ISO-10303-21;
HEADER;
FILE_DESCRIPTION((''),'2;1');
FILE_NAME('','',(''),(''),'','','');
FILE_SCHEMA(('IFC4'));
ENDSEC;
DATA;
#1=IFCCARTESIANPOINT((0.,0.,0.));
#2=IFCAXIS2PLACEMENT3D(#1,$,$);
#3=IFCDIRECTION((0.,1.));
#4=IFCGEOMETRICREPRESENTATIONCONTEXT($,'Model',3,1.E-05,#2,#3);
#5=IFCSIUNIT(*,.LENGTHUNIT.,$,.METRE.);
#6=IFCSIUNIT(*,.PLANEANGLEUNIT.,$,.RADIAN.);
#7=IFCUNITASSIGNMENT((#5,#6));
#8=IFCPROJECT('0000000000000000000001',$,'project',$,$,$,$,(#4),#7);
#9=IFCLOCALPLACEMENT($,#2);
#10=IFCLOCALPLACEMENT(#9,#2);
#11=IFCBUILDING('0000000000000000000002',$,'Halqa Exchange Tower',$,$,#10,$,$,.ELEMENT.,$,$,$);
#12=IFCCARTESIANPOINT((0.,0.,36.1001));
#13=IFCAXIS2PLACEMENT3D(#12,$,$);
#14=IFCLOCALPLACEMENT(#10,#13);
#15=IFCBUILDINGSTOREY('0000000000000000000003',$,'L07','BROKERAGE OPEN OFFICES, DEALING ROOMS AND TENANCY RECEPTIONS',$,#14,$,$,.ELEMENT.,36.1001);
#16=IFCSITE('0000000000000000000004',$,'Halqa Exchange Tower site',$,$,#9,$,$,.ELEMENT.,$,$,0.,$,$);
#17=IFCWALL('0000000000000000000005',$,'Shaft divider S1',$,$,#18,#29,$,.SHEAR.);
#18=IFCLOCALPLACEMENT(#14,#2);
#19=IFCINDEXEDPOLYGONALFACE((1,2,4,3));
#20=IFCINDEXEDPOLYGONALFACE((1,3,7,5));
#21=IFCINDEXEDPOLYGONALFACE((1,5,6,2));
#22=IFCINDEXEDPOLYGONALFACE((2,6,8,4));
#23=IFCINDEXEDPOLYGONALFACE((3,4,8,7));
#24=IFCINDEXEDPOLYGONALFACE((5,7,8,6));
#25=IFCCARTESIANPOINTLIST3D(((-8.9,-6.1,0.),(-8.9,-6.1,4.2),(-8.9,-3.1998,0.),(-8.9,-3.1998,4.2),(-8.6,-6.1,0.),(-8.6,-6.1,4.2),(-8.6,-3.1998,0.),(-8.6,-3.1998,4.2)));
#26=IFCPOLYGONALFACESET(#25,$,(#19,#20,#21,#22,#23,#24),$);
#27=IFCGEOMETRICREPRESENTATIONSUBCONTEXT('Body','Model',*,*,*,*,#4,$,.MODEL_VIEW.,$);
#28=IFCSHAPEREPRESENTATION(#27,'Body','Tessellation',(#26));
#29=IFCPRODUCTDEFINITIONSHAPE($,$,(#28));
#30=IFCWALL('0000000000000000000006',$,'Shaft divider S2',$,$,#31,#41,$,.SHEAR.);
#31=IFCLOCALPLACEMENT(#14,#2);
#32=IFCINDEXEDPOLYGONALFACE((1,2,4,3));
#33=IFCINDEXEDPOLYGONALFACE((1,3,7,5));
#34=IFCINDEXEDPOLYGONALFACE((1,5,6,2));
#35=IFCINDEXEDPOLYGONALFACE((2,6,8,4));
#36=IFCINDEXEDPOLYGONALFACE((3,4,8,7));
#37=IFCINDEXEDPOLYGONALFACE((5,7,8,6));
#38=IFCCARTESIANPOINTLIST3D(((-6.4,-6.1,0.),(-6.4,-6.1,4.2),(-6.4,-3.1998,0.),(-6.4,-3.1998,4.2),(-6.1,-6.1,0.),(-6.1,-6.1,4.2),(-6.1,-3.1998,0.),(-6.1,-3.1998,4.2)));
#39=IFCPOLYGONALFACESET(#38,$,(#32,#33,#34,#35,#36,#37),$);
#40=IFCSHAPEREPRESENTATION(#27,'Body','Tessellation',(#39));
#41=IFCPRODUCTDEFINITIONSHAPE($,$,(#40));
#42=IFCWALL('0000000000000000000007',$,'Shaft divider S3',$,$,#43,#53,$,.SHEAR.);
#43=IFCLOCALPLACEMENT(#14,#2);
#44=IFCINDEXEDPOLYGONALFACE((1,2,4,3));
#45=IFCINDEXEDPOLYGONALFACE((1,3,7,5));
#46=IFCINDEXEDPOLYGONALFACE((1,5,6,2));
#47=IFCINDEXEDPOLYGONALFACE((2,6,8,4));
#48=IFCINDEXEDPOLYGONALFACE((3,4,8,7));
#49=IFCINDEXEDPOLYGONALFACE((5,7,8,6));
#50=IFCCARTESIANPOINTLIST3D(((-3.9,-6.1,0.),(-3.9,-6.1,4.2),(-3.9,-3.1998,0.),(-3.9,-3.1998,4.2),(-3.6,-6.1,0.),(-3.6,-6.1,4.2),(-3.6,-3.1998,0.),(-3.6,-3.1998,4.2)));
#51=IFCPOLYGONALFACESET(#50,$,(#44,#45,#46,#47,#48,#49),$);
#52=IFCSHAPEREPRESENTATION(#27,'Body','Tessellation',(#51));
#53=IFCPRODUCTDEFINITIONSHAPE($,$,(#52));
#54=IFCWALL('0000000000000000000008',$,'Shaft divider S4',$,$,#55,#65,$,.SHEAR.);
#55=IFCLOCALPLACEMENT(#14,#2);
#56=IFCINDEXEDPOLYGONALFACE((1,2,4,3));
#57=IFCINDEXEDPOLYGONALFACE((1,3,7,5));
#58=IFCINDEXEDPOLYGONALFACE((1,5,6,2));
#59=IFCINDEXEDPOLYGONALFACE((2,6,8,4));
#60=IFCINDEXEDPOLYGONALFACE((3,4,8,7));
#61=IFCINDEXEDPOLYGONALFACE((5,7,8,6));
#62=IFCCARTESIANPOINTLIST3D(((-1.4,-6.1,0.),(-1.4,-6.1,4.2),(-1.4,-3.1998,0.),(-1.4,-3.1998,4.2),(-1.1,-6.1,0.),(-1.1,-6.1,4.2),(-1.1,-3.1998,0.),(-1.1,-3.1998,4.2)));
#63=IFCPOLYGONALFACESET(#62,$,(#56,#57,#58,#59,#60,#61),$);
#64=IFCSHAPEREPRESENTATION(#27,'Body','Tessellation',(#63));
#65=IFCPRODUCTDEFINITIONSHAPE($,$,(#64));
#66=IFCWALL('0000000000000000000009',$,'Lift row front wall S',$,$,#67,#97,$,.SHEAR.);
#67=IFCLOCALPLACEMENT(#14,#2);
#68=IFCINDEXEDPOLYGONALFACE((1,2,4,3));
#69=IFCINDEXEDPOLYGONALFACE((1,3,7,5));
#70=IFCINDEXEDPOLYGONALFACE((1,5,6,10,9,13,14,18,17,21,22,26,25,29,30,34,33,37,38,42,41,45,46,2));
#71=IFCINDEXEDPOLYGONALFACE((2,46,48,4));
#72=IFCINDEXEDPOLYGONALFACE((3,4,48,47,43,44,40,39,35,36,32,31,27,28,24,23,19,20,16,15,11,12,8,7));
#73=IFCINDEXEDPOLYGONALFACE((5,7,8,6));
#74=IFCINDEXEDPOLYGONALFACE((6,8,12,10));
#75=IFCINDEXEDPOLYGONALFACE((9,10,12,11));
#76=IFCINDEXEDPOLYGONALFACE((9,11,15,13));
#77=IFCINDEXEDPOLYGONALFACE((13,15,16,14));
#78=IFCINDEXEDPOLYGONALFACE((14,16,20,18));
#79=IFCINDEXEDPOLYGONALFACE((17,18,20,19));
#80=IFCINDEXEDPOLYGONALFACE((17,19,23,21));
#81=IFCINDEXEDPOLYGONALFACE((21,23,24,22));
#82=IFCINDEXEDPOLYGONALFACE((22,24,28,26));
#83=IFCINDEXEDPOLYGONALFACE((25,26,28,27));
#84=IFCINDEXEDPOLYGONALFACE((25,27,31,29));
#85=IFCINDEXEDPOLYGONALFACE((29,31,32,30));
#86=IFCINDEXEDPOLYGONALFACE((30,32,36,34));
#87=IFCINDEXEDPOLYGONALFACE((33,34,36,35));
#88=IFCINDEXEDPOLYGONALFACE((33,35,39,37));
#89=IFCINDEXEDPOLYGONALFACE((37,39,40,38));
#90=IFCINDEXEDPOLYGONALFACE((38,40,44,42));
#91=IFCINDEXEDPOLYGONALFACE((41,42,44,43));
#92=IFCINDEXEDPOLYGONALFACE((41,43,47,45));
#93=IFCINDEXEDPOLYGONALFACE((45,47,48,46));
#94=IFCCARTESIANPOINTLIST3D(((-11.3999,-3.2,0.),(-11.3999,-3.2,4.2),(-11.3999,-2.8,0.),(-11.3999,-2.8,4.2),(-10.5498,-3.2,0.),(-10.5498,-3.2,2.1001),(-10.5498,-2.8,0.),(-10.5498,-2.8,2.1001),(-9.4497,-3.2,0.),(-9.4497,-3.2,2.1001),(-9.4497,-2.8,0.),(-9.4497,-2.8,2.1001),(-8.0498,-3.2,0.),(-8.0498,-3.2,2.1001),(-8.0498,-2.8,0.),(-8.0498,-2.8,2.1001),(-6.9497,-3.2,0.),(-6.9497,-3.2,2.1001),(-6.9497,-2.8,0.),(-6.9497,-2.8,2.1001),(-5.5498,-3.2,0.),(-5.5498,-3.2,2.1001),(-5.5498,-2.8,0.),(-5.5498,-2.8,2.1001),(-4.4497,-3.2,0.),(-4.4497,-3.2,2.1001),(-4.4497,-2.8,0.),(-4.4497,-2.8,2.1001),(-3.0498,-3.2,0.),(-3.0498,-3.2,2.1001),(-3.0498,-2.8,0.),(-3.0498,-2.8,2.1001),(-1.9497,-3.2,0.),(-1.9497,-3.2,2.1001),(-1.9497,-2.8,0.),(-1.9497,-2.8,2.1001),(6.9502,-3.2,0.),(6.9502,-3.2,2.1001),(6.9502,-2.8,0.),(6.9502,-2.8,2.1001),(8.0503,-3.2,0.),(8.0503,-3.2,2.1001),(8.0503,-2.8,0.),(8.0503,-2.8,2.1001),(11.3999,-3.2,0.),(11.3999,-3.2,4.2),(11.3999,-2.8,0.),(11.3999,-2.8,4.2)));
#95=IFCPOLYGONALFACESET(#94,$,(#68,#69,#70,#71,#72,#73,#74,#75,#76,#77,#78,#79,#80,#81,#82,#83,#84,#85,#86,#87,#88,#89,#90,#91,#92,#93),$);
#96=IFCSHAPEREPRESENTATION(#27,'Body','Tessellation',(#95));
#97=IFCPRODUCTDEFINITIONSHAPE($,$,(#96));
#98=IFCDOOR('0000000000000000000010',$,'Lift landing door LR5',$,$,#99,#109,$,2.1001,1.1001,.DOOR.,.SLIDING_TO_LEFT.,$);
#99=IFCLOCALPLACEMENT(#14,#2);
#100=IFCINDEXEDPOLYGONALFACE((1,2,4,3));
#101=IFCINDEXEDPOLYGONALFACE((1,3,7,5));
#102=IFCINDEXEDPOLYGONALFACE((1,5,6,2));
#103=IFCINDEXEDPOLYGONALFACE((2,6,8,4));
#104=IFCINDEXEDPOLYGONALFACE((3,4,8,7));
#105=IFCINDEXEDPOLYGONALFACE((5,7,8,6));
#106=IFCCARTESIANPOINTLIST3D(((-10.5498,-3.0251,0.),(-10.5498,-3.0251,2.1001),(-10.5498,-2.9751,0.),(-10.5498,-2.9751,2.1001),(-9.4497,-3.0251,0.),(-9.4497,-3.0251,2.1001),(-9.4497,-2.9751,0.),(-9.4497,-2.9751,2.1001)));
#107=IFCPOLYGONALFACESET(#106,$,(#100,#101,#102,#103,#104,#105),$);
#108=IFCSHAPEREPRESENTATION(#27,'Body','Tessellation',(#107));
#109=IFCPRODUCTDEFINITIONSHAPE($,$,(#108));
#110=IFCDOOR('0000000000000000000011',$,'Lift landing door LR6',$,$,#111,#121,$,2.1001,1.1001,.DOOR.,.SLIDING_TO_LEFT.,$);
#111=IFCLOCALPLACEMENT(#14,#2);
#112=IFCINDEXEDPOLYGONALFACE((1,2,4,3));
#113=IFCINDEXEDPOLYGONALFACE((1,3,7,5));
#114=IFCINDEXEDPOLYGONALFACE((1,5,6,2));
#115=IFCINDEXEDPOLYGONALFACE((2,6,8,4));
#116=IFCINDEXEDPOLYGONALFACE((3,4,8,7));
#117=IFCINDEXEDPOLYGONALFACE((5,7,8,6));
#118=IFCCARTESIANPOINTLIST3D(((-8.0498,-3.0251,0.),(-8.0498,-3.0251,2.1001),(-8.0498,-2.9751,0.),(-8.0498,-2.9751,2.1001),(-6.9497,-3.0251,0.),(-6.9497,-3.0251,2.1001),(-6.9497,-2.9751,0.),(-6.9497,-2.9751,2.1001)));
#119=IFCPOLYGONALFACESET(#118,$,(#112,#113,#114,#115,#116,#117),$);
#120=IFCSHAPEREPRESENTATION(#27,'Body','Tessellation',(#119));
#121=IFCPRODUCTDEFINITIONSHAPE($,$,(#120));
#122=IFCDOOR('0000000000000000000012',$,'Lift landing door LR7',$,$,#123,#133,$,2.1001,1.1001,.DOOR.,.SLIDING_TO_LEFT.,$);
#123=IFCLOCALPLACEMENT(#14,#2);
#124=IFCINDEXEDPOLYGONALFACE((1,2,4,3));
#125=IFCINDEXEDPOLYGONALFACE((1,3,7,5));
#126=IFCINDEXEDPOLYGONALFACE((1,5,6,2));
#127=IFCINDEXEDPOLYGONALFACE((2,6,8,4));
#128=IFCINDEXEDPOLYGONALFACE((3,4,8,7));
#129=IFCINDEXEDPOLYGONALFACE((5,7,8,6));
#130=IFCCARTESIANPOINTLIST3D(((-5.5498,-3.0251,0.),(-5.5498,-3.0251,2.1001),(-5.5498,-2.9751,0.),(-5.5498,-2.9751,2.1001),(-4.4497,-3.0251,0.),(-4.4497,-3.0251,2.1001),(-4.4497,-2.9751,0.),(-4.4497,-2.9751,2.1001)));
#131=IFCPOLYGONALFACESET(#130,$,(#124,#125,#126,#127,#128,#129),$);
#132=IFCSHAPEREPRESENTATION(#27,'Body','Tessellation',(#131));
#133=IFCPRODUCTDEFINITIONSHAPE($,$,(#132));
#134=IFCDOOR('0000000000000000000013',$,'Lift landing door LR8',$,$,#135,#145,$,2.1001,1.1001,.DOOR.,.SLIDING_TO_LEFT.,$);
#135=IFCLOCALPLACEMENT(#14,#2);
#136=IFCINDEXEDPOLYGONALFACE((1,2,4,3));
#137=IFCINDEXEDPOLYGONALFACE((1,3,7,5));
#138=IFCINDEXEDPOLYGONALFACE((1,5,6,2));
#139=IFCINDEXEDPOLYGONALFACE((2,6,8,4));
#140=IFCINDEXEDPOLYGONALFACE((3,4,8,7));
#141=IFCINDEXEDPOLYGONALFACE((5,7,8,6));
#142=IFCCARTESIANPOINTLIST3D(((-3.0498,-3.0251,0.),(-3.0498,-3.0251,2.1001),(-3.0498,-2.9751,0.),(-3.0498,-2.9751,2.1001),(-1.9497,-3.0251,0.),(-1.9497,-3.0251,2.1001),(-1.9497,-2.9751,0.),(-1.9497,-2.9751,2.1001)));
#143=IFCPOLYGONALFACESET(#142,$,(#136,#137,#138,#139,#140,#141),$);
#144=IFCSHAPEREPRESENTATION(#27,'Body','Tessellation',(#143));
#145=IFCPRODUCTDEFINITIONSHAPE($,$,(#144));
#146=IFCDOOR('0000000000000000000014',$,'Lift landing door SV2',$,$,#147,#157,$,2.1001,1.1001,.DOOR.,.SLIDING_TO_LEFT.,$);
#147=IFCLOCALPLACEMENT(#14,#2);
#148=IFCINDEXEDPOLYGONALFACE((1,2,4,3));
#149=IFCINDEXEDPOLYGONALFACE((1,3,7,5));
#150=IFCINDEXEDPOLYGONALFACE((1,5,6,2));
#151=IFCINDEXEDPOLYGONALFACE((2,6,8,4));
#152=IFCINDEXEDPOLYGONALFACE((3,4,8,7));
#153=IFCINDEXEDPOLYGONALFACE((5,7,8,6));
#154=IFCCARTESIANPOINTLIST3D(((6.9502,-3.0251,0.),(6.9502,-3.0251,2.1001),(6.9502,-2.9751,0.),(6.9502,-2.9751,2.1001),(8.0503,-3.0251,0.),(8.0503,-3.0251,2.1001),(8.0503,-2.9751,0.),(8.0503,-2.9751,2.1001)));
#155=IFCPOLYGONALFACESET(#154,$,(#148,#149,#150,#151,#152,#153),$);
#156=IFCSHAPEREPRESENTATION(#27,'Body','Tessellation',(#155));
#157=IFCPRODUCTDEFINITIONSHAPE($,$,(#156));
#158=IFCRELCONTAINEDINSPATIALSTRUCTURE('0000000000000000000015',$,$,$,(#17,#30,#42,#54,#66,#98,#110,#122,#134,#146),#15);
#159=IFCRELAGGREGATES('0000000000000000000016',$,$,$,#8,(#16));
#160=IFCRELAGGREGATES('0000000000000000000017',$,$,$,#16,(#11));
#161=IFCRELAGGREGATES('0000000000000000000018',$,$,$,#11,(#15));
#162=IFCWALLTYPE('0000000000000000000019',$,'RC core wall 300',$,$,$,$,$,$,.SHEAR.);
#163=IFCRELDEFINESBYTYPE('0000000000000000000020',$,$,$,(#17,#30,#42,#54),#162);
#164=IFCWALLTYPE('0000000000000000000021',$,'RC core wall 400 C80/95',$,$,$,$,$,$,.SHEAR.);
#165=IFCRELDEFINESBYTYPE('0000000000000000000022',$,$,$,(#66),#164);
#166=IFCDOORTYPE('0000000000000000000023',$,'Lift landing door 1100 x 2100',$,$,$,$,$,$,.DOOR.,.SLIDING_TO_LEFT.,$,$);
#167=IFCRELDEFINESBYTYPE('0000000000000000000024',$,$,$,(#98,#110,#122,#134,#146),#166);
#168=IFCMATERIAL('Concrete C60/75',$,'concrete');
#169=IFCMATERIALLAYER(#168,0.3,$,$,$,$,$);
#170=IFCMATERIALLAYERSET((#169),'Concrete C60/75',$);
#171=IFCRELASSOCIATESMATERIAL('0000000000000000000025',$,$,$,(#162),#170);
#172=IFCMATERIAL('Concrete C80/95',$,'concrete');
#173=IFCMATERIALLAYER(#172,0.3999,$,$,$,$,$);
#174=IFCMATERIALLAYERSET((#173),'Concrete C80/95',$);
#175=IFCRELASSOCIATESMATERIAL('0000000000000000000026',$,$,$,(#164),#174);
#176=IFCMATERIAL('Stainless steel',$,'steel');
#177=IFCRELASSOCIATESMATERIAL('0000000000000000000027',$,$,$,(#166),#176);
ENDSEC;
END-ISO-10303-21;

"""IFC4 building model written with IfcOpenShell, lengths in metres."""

from ifc_helpers import new_model, si_unit, direction, frame, frame_2d, origin, place, context, subcontext, project, spatial, rectangle, extrude, material, layer, layer_set, type_object, element, fill, save


model = new_model("IFC4")

# Units and contexts
model_context = context("Model", 3, precision=1e-05, world=origin(), true_north=direction((0.0, 1.0)))
body_context = subcontext(model_context, "Body", "Model", "MODEL_VIEW")
ifc_project = project(units=[si_unit("LENGTHUNIT", "METRE"), si_unit("PLANEANGLEUNIT", "RADIAN")], contexts=[model_context])

# Site, building, storey
site_placement = place(None, origin())
site = spatial("IfcSite", under=ifc_project, at=site_placement, Name="Halqa Exchange Tower site", CompositionType="ELEMENT", RefElevation=0.0)
building_placement = place(site_placement, origin())
building = spatial("IfcBuilding", under=site, at=building_placement, Name="Halqa Exchange Tower", CompositionType="ELEMENT")
storey_placement = place(building_placement, frame((0.0, 0.0, 36.1001)))
storey = spatial("IfcBuildingStorey", under=building, at=storey_placement, Name="L07", Description="BROKERAGE OPEN OFFICES, DEALING ROOMS AND TENANCY RECEPTIONS", CompositionType="ELEMENT", Elevation=36.1001)

# Walls
ifc_material_1 = material(Name="Concrete C60/75", Category="concrete")
ifc_layer_1 = layer(ifc_material_1, 0.3)
ifc_layer_set_1 = layer_set([ifc_layer_1], Name="Concrete C60/75")
wall_type_1 = type_object("IfcWallType", Name="RC core wall 300", PredefinedType="SHEAR", material=ifc_layer_set_1)
for number, where, z_axis, x_axis, name in (
    (1, (-8.75, -6.1001, 0.0), (0.0, 0.0, 1.0), (0.0, 1.0, 0.0), "Shaft divider S1"),
    (2, (-6.25, -6.1001, 0.0), (0.0, 0.0, 1.0), (0.0, 1.0, 0.0), "Shaft divider S2"),
    (3, (-3.75, -6.1001, 0.0), (0.0, 0.0, 1.0), (0.0, 1.0, 0.0), "Shaft divider S3"),
    (4, (-1.25, -6.1001, 0.0), (0.0, 0.0, 1.0), (0.0, 1.0, 0.0), "Shaft divider S4"),
):
    element("IfcWall", number, at=place(storey_placement, frame(where, z_axis=z_axis, x_axis=x_axis)), inside=storey, type_object=wall_type_1, Name=name, PredefinedType="SHEAR", context=body_context, shape_type="SweptSolid", body=[
        extrude(rectangle(XDim=2.9001, YDim=0.3, at=frame_2d((1.4502, 0.0))), origin(), (0.0, 0.0, 1.0), 4.2),
    ])

# Wall, openings, doors
ifc_material_2 = material(Name="Concrete C80/95", Category="concrete")
ifc_layer_2 = layer(ifc_material_2, 0.3999)
ifc_layer_set_2 = layer_set([ifc_layer_2], Name="Concrete C80/95")
wall_type_2 = type_object("IfcWallType", Name="RC core wall 400 C80/95", PredefinedType="SHEAR", material=ifc_layer_set_2)
wall_1_placement = place(storey_placement, frame((-11.3999, -3.0, 0.0), z_axis=(0.0, 0.0, 1.0), x_axis=(1.0, 0.0, 0.0)))
wall_1 = element("IfcWall", 5, at=wall_1_placement, inside=storey, type_object=wall_type_2, Name="Lift row front wall S", PredefinedType="SHEAR", context=body_context, shape_type="SweptSolid", body=[
    extrude(rectangle(XDim=22.7998, YDim=0.3999, at=frame_2d((11.3999, 0.0))), origin(), (0.0, 0.0, 1.0), 4.2),
])
opening_1_placement = place(wall_1_placement, frame((0.8501, 0.0, 0.0)))
opening_1 = element("IfcOpeningElement", 6, at=opening_1_placement, cuts=wall_1, PredefinedType="OPENING", context=body_context, shape_type="SweptSolid", body=[
    extrude(rectangle(XDim=1.1001, YDim=2.1001, at=frame_2d((0.55, 1.05))), frame((0.0, 0.2119, 0.0), z_axis=(0.0, -1.0, 0.0), x_axis=(1.0, 0.0, 0.0)), (0.0, 0.0, 1.0), 0.4238),
])
opening_2_placement = place(wall_1_placement, frame((3.3501, 0.0, 0.0)))
opening_2 = element("IfcOpeningElement", 7, at=opening_2_placement, cuts=wall_1, PredefinedType="OPENING", context=body_context, shape_type="SweptSolid", body=[
    extrude(rectangle(XDim=1.1001, YDim=2.1001, at=frame_2d((0.55, 1.05))), frame((0.0, 0.2119, 0.0), z_axis=(0.0, -1.0, 0.0), x_axis=(1.0, 0.0, 0.0)), (0.0, 0.0, 1.0), 0.4238),
])
opening_3_placement = place(wall_1_placement, frame((5.8501, 0.0, 0.0)))
opening_3 = element("IfcOpeningElement", 8, at=opening_3_placement, cuts=wall_1, PredefinedType="OPENING", context=body_context, shape_type="SweptSolid", body=[
    extrude(rectangle(XDim=1.1001, YDim=2.1001, at=frame_2d((0.55, 1.05))), frame((0.0, 0.2119, 0.0), z_axis=(0.0, -1.0, 0.0), x_axis=(1.0, 0.0, 0.0)), (0.0, 0.0, 1.0), 0.4238),
])
opening_4_placement = place(wall_1_placement, frame((8.3501, 0.0, 0.0)))
opening_4 = element("IfcOpeningElement", 9, at=opening_4_placement, cuts=wall_1, PredefinedType="OPENING", context=body_context, shape_type="SweptSolid", body=[
    extrude(rectangle(XDim=1.1001, YDim=2.1001, at=frame_2d((0.55, 1.05))), frame((0.0, 0.2119, 0.0), z_axis=(0.0, -1.0, 0.0), x_axis=(1.0, 0.0, 0.0)), (0.0, 0.0, 1.0), 0.4238),
])
opening_5_placement = place(wall_1_placement, frame((18.3501, 0.0, 0.0)))
opening_5 = element("IfcOpeningElement", 10, at=opening_5_placement, cuts=wall_1, PredefinedType="OPENING", context=body_context, shape_type="SweptSolid", body=[
    extrude(rectangle(XDim=1.1001, YDim=2.1001, at=frame_2d((0.55, 1.05))), frame((0.0, 0.2119, 0.0), z_axis=(0.0, -1.0, 0.0), x_axis=(1.0, 0.0, 0.0)), (0.0, 0.0, 1.0), 0.4238),
])
ifc_material_3 = material(Name="Stainless steel", Category="steel")
door_type = type_object("IfcDoorType", Name="Lift landing door 1100 x 2100", OperationType="SLIDING_TO_LEFT", PredefinedType="DOOR", material=ifc_material_3)
door_1_placement = place(opening_1_placement, origin())
door_1 = element("IfcDoor", 11, at=door_1_placement, inside=storey, type_object=door_type, Name="Lift landing door LR5", OperationType="SLIDING_TO_LEFT", OverallHeight=2.1001, OverallWidth=1.1001, PredefinedType="DOOR", context=body_context, shape_type="SweptSolid", body=[
    extrude(rectangle(XDim=1.1001, YDim=2.1001, at=frame_2d((0.55, 1.05))), frame((0.0, 0.0249, 0.0), z_axis=(0.0, -1.0, 0.0), x_axis=(1.0, 0.0, 0.0)), (0.0, 0.0, 1.0), 0.05),
])
fill(opening_1, door_1)
door_2_placement = place(opening_2_placement, origin())
door_2 = element("IfcDoor", 12, at=door_2_placement, inside=storey, type_object=door_type, Name="Lift landing door LR6", OperationType="SLIDING_TO_LEFT", OverallHeight=2.1001, OverallWidth=1.1001, PredefinedType="DOOR", context=body_context, shape_type="SweptSolid", body=[
    extrude(rectangle(XDim=1.1001, YDim=2.1001, at=frame_2d((0.55, 1.05))), frame((0.0, 0.0249, 0.0), z_axis=(0.0, -1.0, 0.0), x_axis=(1.0, 0.0, 0.0)), (0.0, 0.0, 1.0), 0.05),
])
fill(opening_2, door_2)
door_3_placement = place(opening_3_placement, origin())
door_3 = element("IfcDoor", 13, at=door_3_placement, inside=storey, type_object=door_type, Name="Lift landing door LR7", OperationType="SLIDING_TO_LEFT", OverallHeight=2.1001, OverallWidth=1.1001, PredefinedType="DOOR", context=body_context, shape_type="SweptSolid", body=[
    extrude(rectangle(XDim=1.1001, YDim=2.1001, at=frame_2d((0.55, 1.05))), frame((0.0, 0.0249, 0.0), z_axis=(0.0, -1.0, 0.0), x_axis=(1.0, 0.0, 0.0)), (0.0, 0.0, 1.0), 0.05),
])
fill(opening_3, door_3)
door_4_placement = place(opening_4_placement, origin())
door_4 = element("IfcDoor", 14, at=door_4_placement, inside=storey, type_object=door_type, Name="Lift landing door LR8", OperationType="SLIDING_TO_LEFT", OverallHeight=2.1001, OverallWidth=1.1001, PredefinedType="DOOR", context=body_context, shape_type="SweptSolid", body=[
    extrude(rectangle(XDim=1.1001, YDim=2.1001, at=frame_2d((0.55, 1.05))), frame((0.0, 0.0249, 0.0), z_axis=(0.0, -1.0, 0.0), x_axis=(1.0, 0.0, 0.0)), (0.0, 0.0, 1.0), 0.05),
])
fill(opening_4, door_4)
door_5_placement = place(opening_5_placement, origin())
door_5 = element("IfcDoor", 15, at=door_5_placement, inside=storey, type_object=door_type, Name="Lift landing door SV2", OperationType="SLIDING_TO_LEFT", OverallHeight=2.1001, OverallWidth=1.1001, PredefinedType="DOOR", context=body_context, shape_type="SweptSolid", body=[
    extrude(rectangle(XDim=1.1001, YDim=2.1001, at=frame_2d((0.55, 1.05))), frame((0.0, 0.0249, 0.0), z_axis=(0.0, -1.0, 0.0), x_axis=(1.0, 0.0, 0.0)), (0.0, 0.0, 1.0), 0.05),
])
fill(opening_5, door_5)

save(model, "model.ifc")
